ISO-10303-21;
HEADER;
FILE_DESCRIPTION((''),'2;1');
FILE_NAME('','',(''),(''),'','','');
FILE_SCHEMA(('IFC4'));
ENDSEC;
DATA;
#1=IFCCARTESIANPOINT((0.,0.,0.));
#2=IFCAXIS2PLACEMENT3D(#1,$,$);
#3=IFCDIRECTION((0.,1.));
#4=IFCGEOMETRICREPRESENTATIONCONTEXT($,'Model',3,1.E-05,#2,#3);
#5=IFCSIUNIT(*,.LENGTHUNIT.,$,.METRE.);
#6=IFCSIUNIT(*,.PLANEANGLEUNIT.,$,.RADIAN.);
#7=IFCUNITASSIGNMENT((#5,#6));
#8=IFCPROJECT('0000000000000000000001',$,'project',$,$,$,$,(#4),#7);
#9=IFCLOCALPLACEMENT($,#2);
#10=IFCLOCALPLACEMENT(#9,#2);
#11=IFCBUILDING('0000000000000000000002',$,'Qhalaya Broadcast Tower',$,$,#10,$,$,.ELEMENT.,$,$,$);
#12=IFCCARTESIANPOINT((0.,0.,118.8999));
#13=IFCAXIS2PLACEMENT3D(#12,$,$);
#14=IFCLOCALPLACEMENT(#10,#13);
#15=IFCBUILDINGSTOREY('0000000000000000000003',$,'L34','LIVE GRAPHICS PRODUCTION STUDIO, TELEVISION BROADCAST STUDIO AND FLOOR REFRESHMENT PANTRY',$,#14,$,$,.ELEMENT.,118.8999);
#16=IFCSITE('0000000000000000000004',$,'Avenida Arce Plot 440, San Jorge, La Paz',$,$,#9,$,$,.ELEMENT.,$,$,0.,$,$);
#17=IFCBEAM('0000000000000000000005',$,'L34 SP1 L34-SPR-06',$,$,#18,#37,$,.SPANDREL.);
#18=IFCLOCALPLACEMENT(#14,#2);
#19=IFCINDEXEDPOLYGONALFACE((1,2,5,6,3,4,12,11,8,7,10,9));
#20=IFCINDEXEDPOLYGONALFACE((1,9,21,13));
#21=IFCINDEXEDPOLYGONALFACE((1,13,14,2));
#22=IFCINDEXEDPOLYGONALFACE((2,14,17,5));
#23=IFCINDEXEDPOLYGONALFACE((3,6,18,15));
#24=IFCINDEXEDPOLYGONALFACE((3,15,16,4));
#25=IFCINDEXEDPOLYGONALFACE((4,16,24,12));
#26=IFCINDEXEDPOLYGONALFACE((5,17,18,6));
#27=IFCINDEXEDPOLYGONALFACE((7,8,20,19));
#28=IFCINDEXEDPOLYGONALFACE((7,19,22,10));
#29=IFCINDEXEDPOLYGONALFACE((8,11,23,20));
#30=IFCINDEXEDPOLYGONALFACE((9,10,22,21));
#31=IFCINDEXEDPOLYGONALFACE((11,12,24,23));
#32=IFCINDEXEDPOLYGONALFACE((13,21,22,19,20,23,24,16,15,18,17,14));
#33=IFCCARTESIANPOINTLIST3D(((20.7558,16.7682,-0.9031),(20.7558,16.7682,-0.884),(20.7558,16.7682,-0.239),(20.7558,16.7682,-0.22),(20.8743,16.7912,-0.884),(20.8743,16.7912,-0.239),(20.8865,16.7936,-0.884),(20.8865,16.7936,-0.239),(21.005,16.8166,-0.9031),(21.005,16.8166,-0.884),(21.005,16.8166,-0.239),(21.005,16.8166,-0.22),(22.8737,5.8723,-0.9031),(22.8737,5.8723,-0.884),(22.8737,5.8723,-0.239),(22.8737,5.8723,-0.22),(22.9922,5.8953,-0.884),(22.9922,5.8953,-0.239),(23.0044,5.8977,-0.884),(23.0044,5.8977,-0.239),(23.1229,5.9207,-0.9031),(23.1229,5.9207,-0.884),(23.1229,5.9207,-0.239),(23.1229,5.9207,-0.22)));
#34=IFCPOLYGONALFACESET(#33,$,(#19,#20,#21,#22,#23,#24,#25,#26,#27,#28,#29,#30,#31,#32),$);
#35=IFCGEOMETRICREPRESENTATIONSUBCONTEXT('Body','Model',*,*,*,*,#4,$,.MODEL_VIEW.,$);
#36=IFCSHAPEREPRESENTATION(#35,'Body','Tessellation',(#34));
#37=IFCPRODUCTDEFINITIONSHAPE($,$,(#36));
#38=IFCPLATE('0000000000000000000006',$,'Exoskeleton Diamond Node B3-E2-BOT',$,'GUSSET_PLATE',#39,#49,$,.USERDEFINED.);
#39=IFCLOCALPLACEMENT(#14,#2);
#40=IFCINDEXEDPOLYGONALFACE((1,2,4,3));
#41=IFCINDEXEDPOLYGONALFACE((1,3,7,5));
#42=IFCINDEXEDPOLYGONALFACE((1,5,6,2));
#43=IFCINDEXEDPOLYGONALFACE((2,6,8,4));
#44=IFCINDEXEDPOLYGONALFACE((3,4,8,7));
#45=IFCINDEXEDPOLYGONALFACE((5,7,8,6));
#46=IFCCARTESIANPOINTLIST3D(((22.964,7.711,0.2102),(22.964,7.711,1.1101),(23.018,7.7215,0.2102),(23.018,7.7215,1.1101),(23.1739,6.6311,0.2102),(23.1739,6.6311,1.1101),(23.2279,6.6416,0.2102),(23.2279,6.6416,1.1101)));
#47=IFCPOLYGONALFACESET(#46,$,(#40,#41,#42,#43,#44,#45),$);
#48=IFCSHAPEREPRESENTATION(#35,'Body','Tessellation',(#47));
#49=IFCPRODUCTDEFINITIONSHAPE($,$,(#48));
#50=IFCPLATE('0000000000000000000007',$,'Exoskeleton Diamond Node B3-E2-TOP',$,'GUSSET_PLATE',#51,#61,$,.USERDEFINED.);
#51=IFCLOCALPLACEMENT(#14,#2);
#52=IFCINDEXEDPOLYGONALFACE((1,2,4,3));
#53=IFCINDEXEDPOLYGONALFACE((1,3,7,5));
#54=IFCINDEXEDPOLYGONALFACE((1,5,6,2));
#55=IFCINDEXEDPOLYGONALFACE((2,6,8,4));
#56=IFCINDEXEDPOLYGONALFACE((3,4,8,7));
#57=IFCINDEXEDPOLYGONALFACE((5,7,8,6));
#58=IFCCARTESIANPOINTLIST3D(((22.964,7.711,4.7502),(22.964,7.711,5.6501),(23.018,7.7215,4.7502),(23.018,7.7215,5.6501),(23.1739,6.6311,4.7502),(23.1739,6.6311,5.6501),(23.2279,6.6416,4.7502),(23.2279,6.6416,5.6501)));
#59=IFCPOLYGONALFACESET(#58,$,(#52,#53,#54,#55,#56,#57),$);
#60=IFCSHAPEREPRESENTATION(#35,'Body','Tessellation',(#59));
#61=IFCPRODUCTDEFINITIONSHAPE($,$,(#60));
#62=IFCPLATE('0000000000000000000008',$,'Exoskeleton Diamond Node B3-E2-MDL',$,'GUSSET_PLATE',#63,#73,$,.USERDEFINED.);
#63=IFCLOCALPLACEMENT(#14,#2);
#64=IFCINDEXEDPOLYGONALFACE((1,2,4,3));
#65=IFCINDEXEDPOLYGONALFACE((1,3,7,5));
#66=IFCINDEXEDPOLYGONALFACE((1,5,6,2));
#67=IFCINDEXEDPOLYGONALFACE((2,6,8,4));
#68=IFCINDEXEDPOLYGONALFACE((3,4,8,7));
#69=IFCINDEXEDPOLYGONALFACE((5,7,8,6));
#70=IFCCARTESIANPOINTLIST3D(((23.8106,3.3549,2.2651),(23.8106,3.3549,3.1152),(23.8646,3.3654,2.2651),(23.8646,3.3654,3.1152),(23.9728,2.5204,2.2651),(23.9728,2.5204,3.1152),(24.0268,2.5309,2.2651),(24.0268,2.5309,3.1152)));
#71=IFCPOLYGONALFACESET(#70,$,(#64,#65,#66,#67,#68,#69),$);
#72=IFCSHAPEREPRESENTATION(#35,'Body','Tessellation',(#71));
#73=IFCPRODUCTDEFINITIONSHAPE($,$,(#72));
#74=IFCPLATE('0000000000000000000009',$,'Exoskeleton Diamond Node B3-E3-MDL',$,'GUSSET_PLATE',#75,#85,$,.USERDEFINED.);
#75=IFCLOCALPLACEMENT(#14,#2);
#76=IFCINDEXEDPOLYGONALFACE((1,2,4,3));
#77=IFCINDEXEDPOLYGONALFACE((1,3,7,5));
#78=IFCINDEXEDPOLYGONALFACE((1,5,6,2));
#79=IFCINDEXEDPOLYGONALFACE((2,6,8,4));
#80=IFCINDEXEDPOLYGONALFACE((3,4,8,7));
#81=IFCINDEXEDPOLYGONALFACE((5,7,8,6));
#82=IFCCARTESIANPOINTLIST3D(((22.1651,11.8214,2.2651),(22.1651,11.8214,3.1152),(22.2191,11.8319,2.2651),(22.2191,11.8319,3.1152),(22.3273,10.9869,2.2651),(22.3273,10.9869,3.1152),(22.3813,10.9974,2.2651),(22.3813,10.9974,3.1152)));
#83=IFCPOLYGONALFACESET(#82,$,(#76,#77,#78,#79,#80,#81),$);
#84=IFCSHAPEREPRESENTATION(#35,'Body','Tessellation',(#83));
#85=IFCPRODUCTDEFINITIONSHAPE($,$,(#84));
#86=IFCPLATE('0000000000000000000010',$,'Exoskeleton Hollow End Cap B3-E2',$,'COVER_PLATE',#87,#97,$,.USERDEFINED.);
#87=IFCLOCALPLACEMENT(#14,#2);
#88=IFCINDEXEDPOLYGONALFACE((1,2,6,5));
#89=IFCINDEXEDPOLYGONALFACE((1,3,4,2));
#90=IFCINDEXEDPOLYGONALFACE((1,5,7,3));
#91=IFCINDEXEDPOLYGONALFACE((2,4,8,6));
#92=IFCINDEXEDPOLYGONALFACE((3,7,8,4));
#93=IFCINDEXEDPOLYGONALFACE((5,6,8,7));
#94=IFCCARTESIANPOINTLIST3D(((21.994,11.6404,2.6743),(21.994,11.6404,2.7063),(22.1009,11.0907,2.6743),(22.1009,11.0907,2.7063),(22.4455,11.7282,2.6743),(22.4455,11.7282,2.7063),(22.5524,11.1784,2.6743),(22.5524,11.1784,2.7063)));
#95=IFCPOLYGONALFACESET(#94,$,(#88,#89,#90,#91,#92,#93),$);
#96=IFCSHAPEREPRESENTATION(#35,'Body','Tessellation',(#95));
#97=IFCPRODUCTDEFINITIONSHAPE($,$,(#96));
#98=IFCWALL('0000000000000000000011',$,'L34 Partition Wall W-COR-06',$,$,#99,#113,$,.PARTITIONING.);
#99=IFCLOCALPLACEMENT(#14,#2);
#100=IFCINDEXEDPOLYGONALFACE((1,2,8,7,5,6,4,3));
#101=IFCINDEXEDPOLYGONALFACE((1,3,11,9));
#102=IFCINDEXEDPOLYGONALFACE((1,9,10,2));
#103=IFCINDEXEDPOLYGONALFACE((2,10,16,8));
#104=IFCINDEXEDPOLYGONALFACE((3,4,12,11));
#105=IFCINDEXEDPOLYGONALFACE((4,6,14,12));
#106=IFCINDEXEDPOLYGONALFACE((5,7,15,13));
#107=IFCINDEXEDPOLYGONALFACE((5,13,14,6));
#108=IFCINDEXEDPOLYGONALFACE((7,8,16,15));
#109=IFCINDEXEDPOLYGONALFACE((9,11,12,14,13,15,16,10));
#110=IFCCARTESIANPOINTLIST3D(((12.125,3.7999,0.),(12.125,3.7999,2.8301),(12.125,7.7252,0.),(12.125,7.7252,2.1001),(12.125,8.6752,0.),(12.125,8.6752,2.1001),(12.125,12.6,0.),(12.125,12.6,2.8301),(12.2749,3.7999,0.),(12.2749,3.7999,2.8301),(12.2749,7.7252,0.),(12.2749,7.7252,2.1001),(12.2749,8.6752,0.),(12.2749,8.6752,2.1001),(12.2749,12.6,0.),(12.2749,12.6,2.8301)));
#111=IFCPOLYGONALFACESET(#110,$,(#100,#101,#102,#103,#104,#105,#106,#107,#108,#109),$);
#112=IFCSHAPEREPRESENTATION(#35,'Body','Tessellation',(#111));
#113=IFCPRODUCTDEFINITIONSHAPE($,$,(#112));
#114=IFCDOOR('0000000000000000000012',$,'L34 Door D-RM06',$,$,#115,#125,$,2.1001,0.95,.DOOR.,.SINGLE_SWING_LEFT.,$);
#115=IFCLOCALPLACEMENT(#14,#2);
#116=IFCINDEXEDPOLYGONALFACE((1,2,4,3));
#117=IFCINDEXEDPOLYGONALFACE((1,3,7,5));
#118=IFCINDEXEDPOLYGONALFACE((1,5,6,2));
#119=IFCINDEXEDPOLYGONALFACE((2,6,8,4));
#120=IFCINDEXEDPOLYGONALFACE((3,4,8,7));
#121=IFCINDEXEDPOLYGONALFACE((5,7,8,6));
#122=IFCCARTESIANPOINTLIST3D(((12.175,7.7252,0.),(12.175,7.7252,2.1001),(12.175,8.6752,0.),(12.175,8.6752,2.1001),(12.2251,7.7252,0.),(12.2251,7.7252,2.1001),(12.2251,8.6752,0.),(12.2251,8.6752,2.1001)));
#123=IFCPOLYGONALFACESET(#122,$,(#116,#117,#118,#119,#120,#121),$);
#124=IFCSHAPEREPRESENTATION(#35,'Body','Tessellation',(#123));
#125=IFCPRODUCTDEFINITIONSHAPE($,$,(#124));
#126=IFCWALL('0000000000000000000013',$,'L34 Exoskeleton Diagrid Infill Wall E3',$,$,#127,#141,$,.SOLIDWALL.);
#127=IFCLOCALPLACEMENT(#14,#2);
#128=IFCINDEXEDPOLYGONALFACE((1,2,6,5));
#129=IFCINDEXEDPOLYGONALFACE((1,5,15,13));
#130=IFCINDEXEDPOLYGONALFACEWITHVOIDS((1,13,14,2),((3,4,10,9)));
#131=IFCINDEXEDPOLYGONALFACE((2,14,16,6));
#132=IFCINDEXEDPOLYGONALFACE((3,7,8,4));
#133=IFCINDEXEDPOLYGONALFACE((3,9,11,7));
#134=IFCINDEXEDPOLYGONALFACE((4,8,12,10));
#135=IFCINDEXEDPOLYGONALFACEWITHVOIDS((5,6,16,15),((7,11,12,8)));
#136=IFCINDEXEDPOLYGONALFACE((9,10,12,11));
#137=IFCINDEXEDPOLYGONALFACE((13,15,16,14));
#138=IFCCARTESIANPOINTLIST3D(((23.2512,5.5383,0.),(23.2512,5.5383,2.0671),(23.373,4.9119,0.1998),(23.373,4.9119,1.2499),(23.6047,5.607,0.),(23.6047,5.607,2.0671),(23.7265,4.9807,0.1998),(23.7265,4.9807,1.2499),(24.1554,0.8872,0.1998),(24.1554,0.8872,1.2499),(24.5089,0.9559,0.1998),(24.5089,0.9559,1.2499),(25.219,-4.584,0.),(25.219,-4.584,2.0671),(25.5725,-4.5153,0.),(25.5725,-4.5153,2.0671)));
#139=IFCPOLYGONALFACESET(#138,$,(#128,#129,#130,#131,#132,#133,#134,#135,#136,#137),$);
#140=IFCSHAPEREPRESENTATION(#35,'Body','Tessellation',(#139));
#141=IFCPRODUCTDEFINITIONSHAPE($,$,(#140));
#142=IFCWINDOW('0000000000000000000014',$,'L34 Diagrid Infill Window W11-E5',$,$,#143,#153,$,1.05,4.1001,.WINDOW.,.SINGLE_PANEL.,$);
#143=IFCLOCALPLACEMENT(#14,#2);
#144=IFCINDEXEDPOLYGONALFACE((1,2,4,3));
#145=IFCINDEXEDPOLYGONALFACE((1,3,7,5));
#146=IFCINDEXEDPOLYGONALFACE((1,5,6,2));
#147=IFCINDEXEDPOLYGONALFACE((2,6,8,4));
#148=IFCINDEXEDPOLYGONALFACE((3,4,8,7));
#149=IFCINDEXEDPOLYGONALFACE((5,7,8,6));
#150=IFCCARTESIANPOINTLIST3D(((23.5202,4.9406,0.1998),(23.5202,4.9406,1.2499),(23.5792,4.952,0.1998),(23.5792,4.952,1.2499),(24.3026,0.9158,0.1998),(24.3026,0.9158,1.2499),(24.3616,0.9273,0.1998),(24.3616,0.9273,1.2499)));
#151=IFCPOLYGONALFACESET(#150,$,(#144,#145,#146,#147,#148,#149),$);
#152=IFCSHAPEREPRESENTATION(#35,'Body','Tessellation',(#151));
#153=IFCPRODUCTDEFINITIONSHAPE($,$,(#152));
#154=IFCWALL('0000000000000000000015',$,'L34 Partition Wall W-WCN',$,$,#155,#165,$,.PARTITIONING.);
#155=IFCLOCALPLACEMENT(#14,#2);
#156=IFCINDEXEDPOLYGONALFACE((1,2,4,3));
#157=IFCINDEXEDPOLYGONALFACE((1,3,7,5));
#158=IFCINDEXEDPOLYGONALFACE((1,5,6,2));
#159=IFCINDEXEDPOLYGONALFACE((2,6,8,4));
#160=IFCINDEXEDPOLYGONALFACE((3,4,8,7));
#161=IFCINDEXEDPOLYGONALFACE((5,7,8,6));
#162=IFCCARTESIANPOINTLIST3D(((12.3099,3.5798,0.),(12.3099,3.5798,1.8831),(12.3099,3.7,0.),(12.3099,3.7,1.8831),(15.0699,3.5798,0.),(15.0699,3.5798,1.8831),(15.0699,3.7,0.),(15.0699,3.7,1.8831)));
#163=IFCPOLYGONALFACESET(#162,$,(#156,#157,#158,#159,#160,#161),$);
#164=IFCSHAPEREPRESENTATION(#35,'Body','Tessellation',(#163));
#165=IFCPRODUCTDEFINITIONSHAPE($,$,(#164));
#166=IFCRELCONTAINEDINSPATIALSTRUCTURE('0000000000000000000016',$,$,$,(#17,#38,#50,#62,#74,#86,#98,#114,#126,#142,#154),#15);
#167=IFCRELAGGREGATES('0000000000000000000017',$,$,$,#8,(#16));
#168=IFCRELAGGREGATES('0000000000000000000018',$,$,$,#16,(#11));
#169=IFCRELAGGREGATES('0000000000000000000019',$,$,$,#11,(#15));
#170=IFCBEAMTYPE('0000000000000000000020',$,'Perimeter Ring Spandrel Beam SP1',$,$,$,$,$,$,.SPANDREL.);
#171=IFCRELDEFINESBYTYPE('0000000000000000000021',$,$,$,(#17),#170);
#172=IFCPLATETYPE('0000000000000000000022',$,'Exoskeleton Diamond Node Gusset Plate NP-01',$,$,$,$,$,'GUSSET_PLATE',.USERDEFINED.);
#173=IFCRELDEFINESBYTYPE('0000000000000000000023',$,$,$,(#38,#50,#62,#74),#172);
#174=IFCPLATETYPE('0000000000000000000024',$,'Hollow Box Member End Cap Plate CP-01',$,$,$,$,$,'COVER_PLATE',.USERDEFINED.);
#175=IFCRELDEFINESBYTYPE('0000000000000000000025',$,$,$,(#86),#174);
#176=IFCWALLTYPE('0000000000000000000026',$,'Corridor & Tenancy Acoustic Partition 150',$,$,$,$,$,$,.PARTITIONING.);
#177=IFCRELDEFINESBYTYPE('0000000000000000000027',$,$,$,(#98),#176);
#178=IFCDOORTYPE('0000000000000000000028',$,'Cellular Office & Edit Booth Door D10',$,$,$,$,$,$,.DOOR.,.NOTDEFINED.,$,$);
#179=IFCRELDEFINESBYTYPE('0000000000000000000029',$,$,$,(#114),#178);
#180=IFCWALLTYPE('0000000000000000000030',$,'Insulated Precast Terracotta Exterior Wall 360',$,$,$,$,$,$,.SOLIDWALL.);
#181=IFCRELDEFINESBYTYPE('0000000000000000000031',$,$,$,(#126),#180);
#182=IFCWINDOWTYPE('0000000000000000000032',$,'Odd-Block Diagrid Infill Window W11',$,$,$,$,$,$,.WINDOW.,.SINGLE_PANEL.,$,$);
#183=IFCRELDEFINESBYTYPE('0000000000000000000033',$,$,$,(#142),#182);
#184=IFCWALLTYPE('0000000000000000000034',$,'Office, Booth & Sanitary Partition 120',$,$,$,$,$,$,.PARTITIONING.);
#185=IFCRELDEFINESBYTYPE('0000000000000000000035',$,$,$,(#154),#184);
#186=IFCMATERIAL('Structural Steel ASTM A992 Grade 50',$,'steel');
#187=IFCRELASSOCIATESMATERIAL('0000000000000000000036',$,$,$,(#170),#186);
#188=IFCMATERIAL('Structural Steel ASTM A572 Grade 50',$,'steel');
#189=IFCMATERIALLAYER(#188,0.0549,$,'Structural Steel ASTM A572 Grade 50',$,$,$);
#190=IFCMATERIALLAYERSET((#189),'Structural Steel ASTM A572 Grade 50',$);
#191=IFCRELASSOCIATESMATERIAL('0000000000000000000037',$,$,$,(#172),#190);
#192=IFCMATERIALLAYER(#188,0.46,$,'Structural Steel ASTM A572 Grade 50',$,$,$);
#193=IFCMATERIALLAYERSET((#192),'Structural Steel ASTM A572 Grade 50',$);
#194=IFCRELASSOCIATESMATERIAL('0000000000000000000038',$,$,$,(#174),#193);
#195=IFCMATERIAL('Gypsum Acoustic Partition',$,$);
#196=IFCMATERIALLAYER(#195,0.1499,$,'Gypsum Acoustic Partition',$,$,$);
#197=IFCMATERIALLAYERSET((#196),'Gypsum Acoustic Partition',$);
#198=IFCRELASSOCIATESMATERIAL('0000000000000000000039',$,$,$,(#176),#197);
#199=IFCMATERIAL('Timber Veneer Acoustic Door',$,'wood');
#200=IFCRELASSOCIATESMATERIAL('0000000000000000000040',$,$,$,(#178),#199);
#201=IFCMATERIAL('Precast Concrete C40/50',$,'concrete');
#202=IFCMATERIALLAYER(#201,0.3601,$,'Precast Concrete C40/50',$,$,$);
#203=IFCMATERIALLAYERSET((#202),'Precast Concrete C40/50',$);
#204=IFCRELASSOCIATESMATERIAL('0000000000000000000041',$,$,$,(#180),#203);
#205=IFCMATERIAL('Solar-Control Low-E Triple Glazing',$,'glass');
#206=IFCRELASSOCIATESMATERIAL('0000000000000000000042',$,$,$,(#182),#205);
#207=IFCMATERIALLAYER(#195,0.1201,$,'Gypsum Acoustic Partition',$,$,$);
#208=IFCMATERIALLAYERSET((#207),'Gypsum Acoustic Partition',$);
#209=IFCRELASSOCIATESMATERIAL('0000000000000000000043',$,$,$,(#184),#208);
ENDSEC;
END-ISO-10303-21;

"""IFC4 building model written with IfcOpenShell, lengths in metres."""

from ifc_helpers import new_model, si_unit, direction, frame, frame_2d, origin, origin_2d, place, context, subcontext, project, spatial, rectangle, i_section, extrude, material, layer, layer_set, material_profile, profile_set, type_object, element, fill, save


model = new_model("IFC4")

# Units and contexts
model_context = context("Model", 3, precision=1e-05, world=origin(), true_north=direction((0.0, 1.0)))
body_context = subcontext(model_context, "Body", "Model", "MODEL_VIEW")
ifc_project = project(units=[si_unit("LENGTHUNIT", "METRE"), si_unit("PLANEANGLEUNIT", "RADIAN")], contexts=[model_context])

# Site, building, storey
site_placement = place(None, origin())
site = spatial("IfcSite", under=ifc_project, at=site_placement, Name="Avenida Arce Plot 440, San Jorge, La Paz", CompositionType="ELEMENT", RefElevation=0.0)
building_placement = place(site_placement, origin())
building = spatial("IfcBuilding", under=site, at=building_placement, Name="Qhalaya Broadcast Tower", CompositionType="ELEMENT")
storey_placement = place(building_placement, frame((0.0, 0.0, 118.8999)))
storey = spatial("IfcBuildingStorey", under=building, at=storey_placement, Name="L34", Description="LIVE GRAPHICS PRODUCTION STUDIO, TELEVISION BROADCAST STUDIO AND FLOOR REFRESHMENT PANTRY", CompositionType="ELEMENT", Elevation=118.8999)

# Shared definitions
ifc_material_1 = material(Name="Structural Steel ASTM A572 Grade 50", Category="steel")

# Shared definitions
ifc_material_2 = material(Name="Structural Steel ASTM A992 Grade 50", Category="steel")

# Beam
ifc_material_profile_1 = material_profile(ifc_material_2, i_section(OverallWidth=0.2539, OverallDepth=0.6831, WebThickness=0.0125, FlangeThickness=0.019, at=origin_2d()), Name="W27X94")
ifc_profile_set_1 = profile_set([ifc_material_profile_1], Name="Structural Steel ASTM A992 Grade 50")
beam_type_1 = type_object("IfcBeamType", Name="Perimeter Ring Spandrel Beam SP1", PredefinedType="SPANDREL", material=ifc_profile_set_1)
beam_1_placement = place(storey_placement, frame((22.9983, 5.8965, -0.5615), z_axis=(-0.190805, 0.981628, 0.0), x_axis=(-0.981628, -0.190805, 0.0)))
element("IfcBeam", 1, at=beam_1_placement, inside=storey, type_object=beam_type_1, Name="L34 SP1 L34-SPR-06", PredefinedType="SPANDREL", context=body_context, shape_type="SweptSolid", body=[
    extrude(i_section(OverallWidth=0.2539, OverallDepth=0.6831, WebThickness=0.0125, FlangeThickness=0.019, at=origin_2d()), origin(), (0.0, 0.0, 1.0), 11.0999),
])

# Plates
ifc_layer_1 = layer(ifc_material_1, 0.0549, Name="Structural Steel ASTM A572 Grade 50")
ifc_layer_set_1 = layer_set([ifc_layer_1], Name="Structural Steel ASTM A572 Grade 50")
plate_type_1 = type_object("IfcPlateType", Name="Exoskeleton Diamond Node Gusset Plate NP-01", ElementType="GUSSET_PLATE", PredefinedType="USERDEFINED", material=ifc_layer_set_1)
for number, where, z_axis, x_axis, name in (
    (2, (23.0959, 7.1763, 0.2102), (0.0, 0.0, 1.0), (-0.190809, 0.981627, 0.0), "Exoskeleton Diamond Node B3-E2-BOT"),
    (3, (23.0959, 7.1763, 4.7502), (0.0, 0.0, 1.0), (-0.190809, 0.981627, 0.0), "Exoskeleton Diamond Node B3-E2-TOP"),
):
    element("IfcPlate", number, at=place(storey_placement, frame(where, z_axis=z_axis, x_axis=x_axis)), inside=storey, type_object=plate_type_1, Name=name, ObjectType="GUSSET_PLATE", PredefinedType="USERDEFINED", context=body_context, shape_type="SweptSolid", body=[
        extrude(rectangle(XDim=1.1001, YDim=0.0549, at=origin_2d()), origin(), (0.0, 0.0, 1.0), 0.8999),
    ])
for number, where, z_axis, x_axis, name in (
    (4, (23.9187, 2.9429, 2.2651), (0.0, 0.0, 1.0), (-0.190809, 0.981627, 0.0), "Exoskeleton Diamond Node B3-E2-MDL"),
    (5, (22.2732, 11.4094, 2.2651), (0.0, 0.0, 1.0), (-0.190809, 0.981627, 0.0), "Exoskeleton Diamond Node B3-E3-MDL"),
):
    element("IfcPlate", number, at=place(storey_placement, frame(where, z_axis=z_axis, x_axis=x_axis)), inside=storey, type_object=plate_type_1, Name=name, ObjectType="GUSSET_PLATE", PredefinedType="USERDEFINED", context=body_context, shape_type="SweptSolid", body=[
        extrude(rectangle(XDim=0.8501, YDim=0.0549, at=origin_2d()), origin(), (0.0, 0.0, 1.0), 0.8501),
    ])
ifc_layer_2 = layer(ifc_material_1, 0.46, Name="Structural Steel ASTM A572 Grade 50")
ifc_layer_set_2 = layer_set([ifc_layer_2], Name="Structural Steel ASTM A572 Grade 50")
plate_type_2 = type_object("IfcPlateType", Name="Hollow Box Member End Cap Plate CP-01", ElementType="COVER_PLATE", PredefinedType="USERDEFINED", material=ifc_layer_set_2)
plate_placement = place(storey_placement, frame((22.2732, 11.4094, 2.6743), z_axis=(0.0, 0.0, 1.0), x_axis=(-0.190809, 0.981627, 0.0)))
element("IfcPlate", 6, at=plate_placement, inside=storey, type_object=plate_type_2, Name="Exoskeleton Hollow End Cap B3-E2", ObjectType="COVER_PLATE", PredefinedType="USERDEFINED", context=body_context, shape_type="SweptSolid", body=[
    extrude(rectangle(XDim=0.5601, YDim=0.46, at=origin_2d()), origin(), (0.0, 0.0, 1.0), 0.032),
])

# Wall, opening, door
ifc_material_3 = material(Name="Gypsum Acoustic Partition")
ifc_layer_3 = layer(ifc_material_3, 0.1499, Name="Gypsum Acoustic Partition")
ifc_layer_set_3 = layer_set([ifc_layer_3], Name="Gypsum Acoustic Partition")
wall_type_1 = type_object("IfcWallType", Name="Corridor & Tenancy Acoustic Partition 150", PredefinedType="PARTITIONING", material=ifc_layer_set_3)
wall_1_placement = place(storey_placement, frame((12.2, 3.8, 0.0), z_axis=(0.0, 0.0, 1.0), x_axis=(0.0, 1.0, 0.0)))
wall_1 = element("IfcWall", 7, at=wall_1_placement, inside=storey, type_object=wall_type_1, Name="L34 Partition Wall W-COR-06", PredefinedType="PARTITIONING", context=body_context, shape_type="SweptSolid", body=[
    extrude(rectangle(XDim=8.8, YDim=0.1499, at=frame_2d((4.3999, 0.0))), origin(), (0.0, 0.0, 1.0), 2.8301),
])
opening_1_placement = place(wall_1_placement, frame((3.925, 0.0, 0.0)))
opening_1 = element("IfcOpeningElement", 8, at=opening_1_placement, cuts=wall_1, PredefinedType="OPENING", context=body_context, shape_type="SweptSolid", body=[
    extrude(rectangle(XDim=0.95, YDim=2.1001, at=frame_2d((0.4751, 1.05))), frame((0.0, 0.0869, 0.0), z_axis=(0.0, -1.0, 0.0), x_axis=(1.0, 0.0, 0.0)), (0.0, 0.0, 1.0), 0.1738),
])
ifc_material_4 = material(Name="Timber Veneer Acoustic Door", Category="wood")
door_type = type_object("IfcDoorType", Name="Cellular Office & Edit Booth Door D10", OperationType="NOTDEFINED", PredefinedType="DOOR", material=ifc_material_4)
door_placement = place(opening_1_placement, origin())
door = element("IfcDoor", 9, at=door_placement, inside=storey, type_object=door_type, Name="L34 Door D-RM06", OperationType="SINGLE_SWING_LEFT", OverallHeight=2.1001, OverallWidth=0.95, PredefinedType="DOOR", context=body_context, shape_type="SweptSolid", body=[
    extrude(rectangle(XDim=0.95, YDim=2.1001, at=frame_2d((0.4751, 1.05))), frame((0.0, 0.0249, 0.0), z_axis=(0.0, -1.0, 0.0), x_axis=(1.0, 0.0, 0.0)), (0.0, 0.0, 1.0), 0.05),
])
fill(opening_1, door)

# Wall, opening, window
ifc_material_5 = material(Name="Precast Concrete C40/50", Category="concrete")
ifc_layer_4 = layer(ifc_material_5, 0.3601, Name="Precast Concrete C40/50")
ifc_layer_set_4 = layer_set([ifc_layer_4], Name="Precast Concrete C40/50")
wall_type_2 = type_object("IfcWallType", Name="Insulated Precast Terracotta Exterior Wall 360", PredefinedType="SOLIDWALL", material=ifc_layer_set_4)
wall_2_placement = place(storey_placement, frame((23.428, 5.5725, 0.0), z_axis=(0.0, 0.0, 1.0), x_axis=(0.190827, -0.981624, 0.0)))
wall_2 = element("IfcWall", 10, at=wall_2_placement, inside=storey, type_object=wall_type_2, Name="L34 Exoskeleton Diagrid Infill Wall E3", PredefinedType="SOLIDWALL", context=body_context, shape_type="SweptSolid", body=[
    extrude(rectangle(XDim=10.3118, YDim=0.3601, at=frame_2d((5.1558, 0.0))), origin(), (0.0, 0.0, 1.0), 2.0671),
])
opening_2_placement = place(wall_2_placement, frame((0.6379, 0.0, 0.2)))
opening_2 = element("IfcOpeningElement", 11, at=opening_2_placement, cuts=wall_2, PredefinedType="OPENING", context=body_context, shape_type="SweptSolid", body=[
    extrude(rectangle(XDim=4.1001, YDim=1.05, at=frame_2d((2.05, 0.5249))), frame((0.0, 0.1921, 0.0), z_axis=(0.0, -1.0, 0.0), x_axis=(1.0, 0.0, 0.0)), (0.0, 0.0, 1.0), 0.384),
])
ifc_material_6 = material(Name="Solar-Control Low-E Triple Glazing", Category="glass")
window_type = type_object("IfcWindowType", Name="Odd-Block Diagrid Infill Window W11", PartitioningType="SINGLE_PANEL", PredefinedType="WINDOW", material=ifc_material_6)
window_placement = place(opening_2_placement, origin())
window = element("IfcWindow", 12, at=window_placement, inside=storey, type_object=window_type, Name="L34 Diagrid Infill Window W11-E5", OverallHeight=1.05, OverallWidth=4.1001, PartitioningType="SINGLE_PANEL", PredefinedType="WINDOW", context=body_context, shape_type="SweptSolid", body=[
    extrude(rectangle(XDim=4.1001, YDim=1.05, at=frame_2d((2.05, 0.5249))), frame((0.0, 0.03, 0.0), z_axis=(0.0, -1.0, 0.0), x_axis=(1.0, 0.0, 0.0)), (0.0, 0.0, 1.0), 0.0601),
])
fill(opening_2, window)

# Wall
ifc_layer_5 = layer(ifc_material_3, 0.1201, Name="Gypsum Acoustic Partition")
ifc_layer_set_5 = layer_set([ifc_layer_5], Name="Gypsum Acoustic Partition")
wall_type_3 = type_object("IfcWallType", Name="Office, Booth & Sanitary Partition 120", PredefinedType="PARTITIONING", material=ifc_layer_set_5)
wall_3_placement = place(storey_placement, frame((12.3101, 3.6399, 0.0), z_axis=(0.0, 0.0, 1.0), x_axis=(1.0, 0.0, 0.0)))
element("IfcWall", 13, at=wall_3_placement, inside=storey, type_object=wall_type_3, Name="L34 Partition Wall W-WCN", PredefinedType="PARTITIONING", context=body_context, shape_type="SweptSolid", body=[
    extrude(rectangle(XDim=2.76, YDim=0.1201, at=frame_2d((1.3799, 0.0))), origin(), (0.0, 0.0, 1.0), 1.8831),
])

save(model, "model.ifc")
